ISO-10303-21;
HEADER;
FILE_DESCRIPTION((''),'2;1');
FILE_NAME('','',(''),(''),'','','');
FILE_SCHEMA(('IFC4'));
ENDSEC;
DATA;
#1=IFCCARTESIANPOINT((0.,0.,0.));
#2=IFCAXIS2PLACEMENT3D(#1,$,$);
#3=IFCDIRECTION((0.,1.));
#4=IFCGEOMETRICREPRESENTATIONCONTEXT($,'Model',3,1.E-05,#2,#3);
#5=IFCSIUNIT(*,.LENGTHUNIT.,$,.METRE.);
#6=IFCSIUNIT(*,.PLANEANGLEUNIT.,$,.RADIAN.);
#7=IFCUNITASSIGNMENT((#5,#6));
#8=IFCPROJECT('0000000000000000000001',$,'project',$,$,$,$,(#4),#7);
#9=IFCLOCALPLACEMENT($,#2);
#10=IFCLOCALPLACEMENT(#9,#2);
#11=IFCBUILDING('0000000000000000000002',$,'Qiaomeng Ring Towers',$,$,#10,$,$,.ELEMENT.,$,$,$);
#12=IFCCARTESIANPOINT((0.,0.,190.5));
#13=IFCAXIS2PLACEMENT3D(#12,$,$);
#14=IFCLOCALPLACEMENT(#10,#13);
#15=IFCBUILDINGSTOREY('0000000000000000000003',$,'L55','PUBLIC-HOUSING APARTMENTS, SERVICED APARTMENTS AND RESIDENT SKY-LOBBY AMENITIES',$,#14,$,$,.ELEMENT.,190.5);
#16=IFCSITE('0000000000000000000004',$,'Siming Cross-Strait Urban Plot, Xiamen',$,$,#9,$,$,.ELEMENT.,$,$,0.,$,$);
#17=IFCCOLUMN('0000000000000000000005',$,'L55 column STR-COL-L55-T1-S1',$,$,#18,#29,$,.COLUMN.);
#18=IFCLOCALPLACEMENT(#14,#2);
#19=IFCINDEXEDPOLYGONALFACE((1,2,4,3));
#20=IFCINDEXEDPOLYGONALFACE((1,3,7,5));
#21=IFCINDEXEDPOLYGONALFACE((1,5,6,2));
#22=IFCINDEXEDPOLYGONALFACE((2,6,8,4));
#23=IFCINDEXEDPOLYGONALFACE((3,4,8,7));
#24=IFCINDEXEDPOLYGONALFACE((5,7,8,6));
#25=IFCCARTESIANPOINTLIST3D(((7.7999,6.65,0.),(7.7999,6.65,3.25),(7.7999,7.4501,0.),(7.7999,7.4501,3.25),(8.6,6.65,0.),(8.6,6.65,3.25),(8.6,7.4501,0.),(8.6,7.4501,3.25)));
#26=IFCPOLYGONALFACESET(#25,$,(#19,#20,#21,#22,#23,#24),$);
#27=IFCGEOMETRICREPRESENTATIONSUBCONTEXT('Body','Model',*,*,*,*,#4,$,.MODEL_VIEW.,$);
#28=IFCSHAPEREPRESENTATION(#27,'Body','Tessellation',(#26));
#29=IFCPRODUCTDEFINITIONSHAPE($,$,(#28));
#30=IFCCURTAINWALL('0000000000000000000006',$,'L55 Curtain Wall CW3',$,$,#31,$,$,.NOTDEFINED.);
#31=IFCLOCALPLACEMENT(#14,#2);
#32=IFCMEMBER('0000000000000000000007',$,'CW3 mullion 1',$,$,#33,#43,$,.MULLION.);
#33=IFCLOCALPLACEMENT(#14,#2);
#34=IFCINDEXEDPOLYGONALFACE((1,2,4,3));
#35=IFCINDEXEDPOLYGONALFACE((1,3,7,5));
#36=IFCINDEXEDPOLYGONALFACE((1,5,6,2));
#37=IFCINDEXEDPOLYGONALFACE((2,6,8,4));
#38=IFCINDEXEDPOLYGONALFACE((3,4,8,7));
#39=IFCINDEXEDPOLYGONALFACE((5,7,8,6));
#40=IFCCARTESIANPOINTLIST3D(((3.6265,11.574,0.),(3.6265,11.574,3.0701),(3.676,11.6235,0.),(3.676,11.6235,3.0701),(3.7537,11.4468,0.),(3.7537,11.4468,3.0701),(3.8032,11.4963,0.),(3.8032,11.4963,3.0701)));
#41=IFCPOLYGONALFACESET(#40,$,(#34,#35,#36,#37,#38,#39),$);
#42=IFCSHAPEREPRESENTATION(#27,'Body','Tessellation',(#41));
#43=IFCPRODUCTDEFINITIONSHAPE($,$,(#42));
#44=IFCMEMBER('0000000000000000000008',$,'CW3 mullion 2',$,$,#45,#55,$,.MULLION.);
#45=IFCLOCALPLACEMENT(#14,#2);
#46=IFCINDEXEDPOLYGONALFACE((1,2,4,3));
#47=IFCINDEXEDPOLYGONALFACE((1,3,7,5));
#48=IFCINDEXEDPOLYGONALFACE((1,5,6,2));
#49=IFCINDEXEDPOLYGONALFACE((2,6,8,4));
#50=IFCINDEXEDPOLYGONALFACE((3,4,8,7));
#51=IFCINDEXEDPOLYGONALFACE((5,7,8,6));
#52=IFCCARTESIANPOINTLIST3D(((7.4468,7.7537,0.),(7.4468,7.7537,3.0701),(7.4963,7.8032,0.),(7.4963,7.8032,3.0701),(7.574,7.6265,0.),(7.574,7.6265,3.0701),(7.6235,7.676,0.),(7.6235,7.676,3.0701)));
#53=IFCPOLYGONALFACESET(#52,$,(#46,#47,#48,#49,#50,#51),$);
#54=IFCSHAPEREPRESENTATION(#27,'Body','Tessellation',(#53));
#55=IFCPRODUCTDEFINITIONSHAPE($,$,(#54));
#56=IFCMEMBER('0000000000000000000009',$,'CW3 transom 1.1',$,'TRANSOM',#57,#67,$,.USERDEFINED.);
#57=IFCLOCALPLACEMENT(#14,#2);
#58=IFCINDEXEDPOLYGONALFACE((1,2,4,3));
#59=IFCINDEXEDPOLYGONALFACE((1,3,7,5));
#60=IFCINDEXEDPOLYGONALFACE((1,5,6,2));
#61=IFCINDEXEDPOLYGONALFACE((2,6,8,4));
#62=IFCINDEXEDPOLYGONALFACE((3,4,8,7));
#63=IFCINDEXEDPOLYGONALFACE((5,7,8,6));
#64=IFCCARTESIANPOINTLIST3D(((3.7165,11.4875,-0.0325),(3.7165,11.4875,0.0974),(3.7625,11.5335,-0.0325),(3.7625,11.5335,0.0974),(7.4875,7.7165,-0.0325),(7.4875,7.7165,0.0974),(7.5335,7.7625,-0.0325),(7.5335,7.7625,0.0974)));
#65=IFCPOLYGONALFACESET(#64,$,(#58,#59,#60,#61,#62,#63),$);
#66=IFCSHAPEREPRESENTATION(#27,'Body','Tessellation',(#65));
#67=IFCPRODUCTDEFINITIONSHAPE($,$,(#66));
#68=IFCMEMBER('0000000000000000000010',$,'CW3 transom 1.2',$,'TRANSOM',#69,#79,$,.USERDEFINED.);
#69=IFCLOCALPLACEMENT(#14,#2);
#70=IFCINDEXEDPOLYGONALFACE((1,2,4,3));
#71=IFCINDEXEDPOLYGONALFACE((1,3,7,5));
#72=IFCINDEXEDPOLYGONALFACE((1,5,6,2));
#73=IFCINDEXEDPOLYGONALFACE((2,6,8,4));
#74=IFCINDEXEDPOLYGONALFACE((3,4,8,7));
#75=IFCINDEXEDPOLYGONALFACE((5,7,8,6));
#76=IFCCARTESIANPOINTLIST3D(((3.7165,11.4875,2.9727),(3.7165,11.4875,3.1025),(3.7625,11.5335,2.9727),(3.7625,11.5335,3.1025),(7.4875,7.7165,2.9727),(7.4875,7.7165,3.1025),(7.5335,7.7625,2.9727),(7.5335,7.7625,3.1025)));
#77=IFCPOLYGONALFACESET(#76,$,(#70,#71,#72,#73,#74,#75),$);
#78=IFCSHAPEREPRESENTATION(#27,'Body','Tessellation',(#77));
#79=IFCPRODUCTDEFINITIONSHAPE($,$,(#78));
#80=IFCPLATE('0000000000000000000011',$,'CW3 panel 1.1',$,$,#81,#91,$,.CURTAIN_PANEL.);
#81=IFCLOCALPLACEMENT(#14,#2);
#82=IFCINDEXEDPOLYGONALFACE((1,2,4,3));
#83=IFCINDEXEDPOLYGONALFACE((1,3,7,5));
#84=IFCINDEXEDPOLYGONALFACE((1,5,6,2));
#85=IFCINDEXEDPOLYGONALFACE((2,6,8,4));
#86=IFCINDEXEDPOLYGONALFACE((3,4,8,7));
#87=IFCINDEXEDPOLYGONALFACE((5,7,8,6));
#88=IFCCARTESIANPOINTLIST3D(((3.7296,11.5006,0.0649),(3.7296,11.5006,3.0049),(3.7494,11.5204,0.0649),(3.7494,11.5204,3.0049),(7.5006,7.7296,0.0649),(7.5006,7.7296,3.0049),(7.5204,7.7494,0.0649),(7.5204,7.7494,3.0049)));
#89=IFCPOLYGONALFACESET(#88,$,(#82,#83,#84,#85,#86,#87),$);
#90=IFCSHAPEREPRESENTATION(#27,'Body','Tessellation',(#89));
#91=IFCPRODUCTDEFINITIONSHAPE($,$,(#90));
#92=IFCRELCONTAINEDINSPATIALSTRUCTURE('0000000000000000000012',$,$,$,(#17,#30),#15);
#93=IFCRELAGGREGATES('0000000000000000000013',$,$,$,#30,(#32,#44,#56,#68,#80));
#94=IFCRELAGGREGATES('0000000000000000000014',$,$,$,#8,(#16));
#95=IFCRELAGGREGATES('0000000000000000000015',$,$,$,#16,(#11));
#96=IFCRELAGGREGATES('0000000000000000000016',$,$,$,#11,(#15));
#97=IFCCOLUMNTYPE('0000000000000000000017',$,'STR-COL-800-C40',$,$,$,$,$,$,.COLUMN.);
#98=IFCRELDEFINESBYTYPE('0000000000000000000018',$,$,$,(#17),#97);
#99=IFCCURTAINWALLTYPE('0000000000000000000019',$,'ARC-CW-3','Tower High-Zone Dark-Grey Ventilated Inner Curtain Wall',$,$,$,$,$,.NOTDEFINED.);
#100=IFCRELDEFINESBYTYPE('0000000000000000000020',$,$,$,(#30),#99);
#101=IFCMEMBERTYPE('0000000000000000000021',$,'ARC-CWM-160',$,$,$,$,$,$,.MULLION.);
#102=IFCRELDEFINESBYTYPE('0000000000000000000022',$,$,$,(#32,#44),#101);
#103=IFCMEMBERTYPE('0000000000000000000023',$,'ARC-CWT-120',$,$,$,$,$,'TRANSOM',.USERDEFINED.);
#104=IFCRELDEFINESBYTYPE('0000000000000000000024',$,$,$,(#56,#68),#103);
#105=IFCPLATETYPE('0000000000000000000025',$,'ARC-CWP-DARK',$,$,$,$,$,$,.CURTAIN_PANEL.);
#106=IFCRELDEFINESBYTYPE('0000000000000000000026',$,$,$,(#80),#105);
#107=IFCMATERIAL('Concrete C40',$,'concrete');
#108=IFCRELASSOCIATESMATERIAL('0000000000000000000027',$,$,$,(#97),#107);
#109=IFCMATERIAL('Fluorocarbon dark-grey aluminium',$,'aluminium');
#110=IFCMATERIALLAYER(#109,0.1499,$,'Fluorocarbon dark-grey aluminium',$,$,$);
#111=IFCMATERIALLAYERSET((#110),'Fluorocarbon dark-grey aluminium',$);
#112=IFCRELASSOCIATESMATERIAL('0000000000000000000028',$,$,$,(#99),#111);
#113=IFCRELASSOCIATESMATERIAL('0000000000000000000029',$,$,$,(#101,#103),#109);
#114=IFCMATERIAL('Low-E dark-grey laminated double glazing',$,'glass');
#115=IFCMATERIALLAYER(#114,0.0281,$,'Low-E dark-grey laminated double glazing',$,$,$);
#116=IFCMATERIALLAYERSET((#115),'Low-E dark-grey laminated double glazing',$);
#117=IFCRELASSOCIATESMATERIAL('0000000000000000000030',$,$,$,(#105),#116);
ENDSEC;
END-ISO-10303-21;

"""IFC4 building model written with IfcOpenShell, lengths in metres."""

from ifc_helpers import new_model, si_unit, direction, frame, origin, origin_2d, place, context, subcontext, project, spatial, rectangle, extrude, source, transform, mapped, material, layer, layer_set, material_profile, profile_set, type_object, element, aggregate, save


model = new_model("IFC4")

# Units and contexts
model_context = context("Model", 3, precision=1e-05, world=origin(), true_north=direction((0.0, 1.0)))
body_context = subcontext(model_context, "Body", "Model", "MODEL_VIEW")
ifc_project = project(units=[si_unit("LENGTHUNIT", "METRE"), si_unit("PLANEANGLEUNIT", "RADIAN")], contexts=[model_context])

# Site, building, storey
site_placement = place(None, origin())
site = spatial("IfcSite", under=ifc_project, at=site_placement, Name="Siming Cross-Strait Urban Plot, Xiamen", CompositionType="ELEMENT", RefElevation=0.0)
building_placement = place(site_placement, origin())
building = spatial("IfcBuilding", under=site, at=building_placement, Name="Qiaomeng Ring Towers", CompositionType="ELEMENT")
storey_placement = place(building_placement, frame((0.0, 0.0, 190.5)))
storey = spatial("IfcBuildingStorey", under=building, at=storey_placement, Name="L55", Description="PUBLIC-HOUSING APARTMENTS, SERVICED APARTMENTS AND RESIDENT SKY-LOBBY AMENITIES", CompositionType="ELEMENT", Elevation=190.5)

# Column
ifc_material_1 = material(Name="Concrete C40", Category="concrete")
ifc_material_profile_1 = material_profile(ifc_material_1, rectangle(XDim=0.8, YDim=0.8, at=origin_2d()), Name="RC COL 800x800")
ifc_profile_set_1 = profile_set([ifc_material_profile_1], Name="Concrete C40")
column_type = type_object("IfcColumnType", Name="STR-COL-800-C40", PredefinedType="COLUMN", material=ifc_profile_set_1)
shared_shape_1 = source(origin(), body_context, "Body", "SweptSolid", [
    extrude(rectangle(XDim=0.8, YDim=0.8, at=origin_2d()), origin(), (0.0, 0.0, 1.0), 3.25),
])
column_placement = place(storey_placement, frame((8.2, 7.05, 0.0), z_axis=(0.0, 0.0, 1.0), x_axis=(1.0, 0.0, 0.0)))
element("IfcColumn", 1, at=column_placement, inside=storey, type_object=column_type, Name="L55 column STR-COL-L55-T1-S1", PredefinedType="COLUMN", context=body_context, shape_type="MappedRepresentation", body=[
    mapped(shared_shape_1, transform((0.0, 0.0, 0.0), x_axis=(1.0, 0.0, 0.0), y_axis=(0.0, 1.0, 0.0), z_axis=(0.0, 0.0, 1.0), scale=1.0)),
])

# Curtain wall, members, plate
ifc_material_2 = material(Name="Fluorocarbon dark-grey aluminium", Category="aluminium")
ifc_layer_1 = layer(ifc_material_2, 0.1499, Name="Fluorocarbon dark-grey aluminium")
ifc_layer_set_1 = layer_set([ifc_layer_1], Name="Fluorocarbon dark-grey aluminium")
curtain_wall_type = type_object("IfcCurtainWallType", Name="ARC-CW-3", Description="Tower High-Zone Dark-Grey Ventilated Inner Curtain Wall", PredefinedType="NOTDEFINED", material=ifc_layer_set_1)
curtain_wall_placement = place(storey_placement, origin())
curtain_wall = element("IfcCurtainWall", 2, at=curtain_wall_placement, inside=storey, type_object=curtain_wall_type, Name="L55 Curtain Wall CW3", PredefinedType="NOTDEFINED")
ifc_material_profile_2 = material_profile(ifc_material_2, rectangle(XDim=0.0701, YDim=0.1799, at=origin_2d()), Name="ALU MULL 70x180")
ifc_profile_set_2 = profile_set([ifc_material_profile_2], Name="Fluorocarbon dark-grey aluminium")
member_type_1 = type_object("IfcMemberType", Name="ARC-CWM-160", PredefinedType="MULLION", material=ifc_profile_set_2)
shared_shape_2 = source(origin(), body_context, "Body", "SweptSolid", [
    extrude(rectangle(XDim=0.0701, YDim=0.1799, at=origin_2d()), origin(), (0.0, 0.0, 1.0), 3.0701),
])
member_1_placement = place(storey_placement, frame((3.7148, 11.5352, 0.0), z_axis=(0.0, 0.0, 1.0), x_axis=(0.707107, 0.707107, 0.0)))
member_1 = element("IfcMember", 3, at=member_1_placement, type_object=member_type_1, Name="CW3 mullion 1", PredefinedType="MULLION", context=body_context, shape_type="MappedRepresentation", body=[
    mapped(shared_shape_2, transform((0.0, 0.0, 0.0), x_axis=(1.0, 0.0, 0.0), y_axis=(0.0, 1.0, 0.0), z_axis=(0.0, 0.0, 1.0), scale=1.0)),
])
member_2_placement = place(storey_placement, frame((7.5352, 7.7148, 0.0), z_axis=(0.0, 0.0, 1.0), x_axis=(0.707107, 0.707107, 0.0)))
member_2 = element("IfcMember", 4, at=member_2_placement, type_object=member_type_1, Name="CW3 mullion 2", PredefinedType="MULLION", context=body_context, shape_type="MappedRepresentation", body=[
    mapped(shared_shape_2, transform((0.0, 0.0, 0.0), x_axis=(1.0, 0.0, 0.0), y_axis=(0.0, 1.0, 0.0), z_axis=(0.0, 0.0, 1.0), scale=1.0)),
])
ifc_material_profile_3 = material_profile(ifc_material_2, rectangle(XDim=0.0649, YDim=0.1299, at=origin_2d()), Name="ALU TRAN 65x130")
ifc_profile_set_3 = profile_set([ifc_material_profile_3], Name="Fluorocarbon dark-grey aluminium")
member_type_2 = type_object("IfcMemberType", Name="ARC-CWT-120", ElementType="TRANSOM", PredefinedType="USERDEFINED", material=ifc_profile_set_3)
shared_shape_3 = source(origin(), body_context, "Body", "SweptSolid", [
    extrude(rectangle(XDim=0.0649, YDim=0.1299, at=origin_2d()), origin(), (0.0, 0.0, 1.0), 5.333),
])
member_3_placement = place(storey_placement, frame((3.7395, 11.5105, 0.0325), z_axis=(0.707107, -0.707107, 0.0), x_axis=(0.707107, 0.707107, 0.0)))
member_3 = element("IfcMember", 5, at=member_3_placement, type_object=member_type_2, Name="CW3 transom 1.1", ObjectType="TRANSOM", PredefinedType="USERDEFINED", context=body_context, shape_type="MappedRepresentation", body=[
    mapped(shared_shape_3, transform((0.0, 0.0, 0.0), x_axis=(1.0, 0.0, 0.0), y_axis=(0.0, 1.0, 0.0), z_axis=(0.0, 0.0, 1.0), scale=1.0)),
])
member_4_placement = place(storey_placement, frame((3.7395, 11.5105, 3.0376), z_axis=(0.707107, -0.707107, 0.0), x_axis=(0.707107, 0.707107, 0.0)))
member_4 = element("IfcMember", 6, at=member_4_placement, type_object=member_type_2, Name="CW3 transom 1.2", ObjectType="TRANSOM", PredefinedType="USERDEFINED", context=body_context, shape_type="MappedRepresentation", body=[
    mapped(shared_shape_3, transform((0.0, 0.0, 0.0), x_axis=(1.0, 0.0, 0.0), y_axis=(0.0, 1.0, 0.0), z_axis=(0.0, 0.0, 1.0), scale=1.0)),
])
ifc_material_3 = material(Name="Low-E dark-grey laminated double glazing", Category="glass")
ifc_layer_2 = layer(ifc_material_3, 0.0281, Name="Low-E dark-grey laminated double glazing")
ifc_layer_set_2 = layer_set([ifc_layer_2], Name="Low-E dark-grey laminated double glazing")
plate_type = type_object("IfcPlateType", Name="ARC-CWP-DARK", PredefinedType="CURTAIN_PANEL", material=ifc_layer_set_2)
shared_shape_4 = source(origin(), body_context, "Body", "SweptSolid", [
    extrude(rectangle(XDim=5.333, YDim=0.0281, at=origin_2d()), origin(), (0.0, 0.0, 1.0), 2.9399),
])
plate_placement = place(storey_placement, frame((5.625, 9.625, 0.0649), z_axis=(0.0, 0.0, 1.0), x_axis=(0.707107, -0.707107, 0.0)))
plate = element("IfcPlate", 7, at=plate_placement, type_object=plate_type, Name="CW3 panel 1.1", PredefinedType="CURTAIN_PANEL", context=body_context, shape_type="MappedRepresentation", body=[
    mapped(shared_shape_4, transform((0.0, 0.0, 0.0), x_axis=(1.0, 0.0, 0.0), y_axis=(0.0, 1.0, 0.0), z_axis=(0.0, 0.0, 1.0), scale=1.0)),
])
aggregate(curtain_wall, [member_1, member_2, member_3, member_4, plate])

save(model, "model.ifc")
